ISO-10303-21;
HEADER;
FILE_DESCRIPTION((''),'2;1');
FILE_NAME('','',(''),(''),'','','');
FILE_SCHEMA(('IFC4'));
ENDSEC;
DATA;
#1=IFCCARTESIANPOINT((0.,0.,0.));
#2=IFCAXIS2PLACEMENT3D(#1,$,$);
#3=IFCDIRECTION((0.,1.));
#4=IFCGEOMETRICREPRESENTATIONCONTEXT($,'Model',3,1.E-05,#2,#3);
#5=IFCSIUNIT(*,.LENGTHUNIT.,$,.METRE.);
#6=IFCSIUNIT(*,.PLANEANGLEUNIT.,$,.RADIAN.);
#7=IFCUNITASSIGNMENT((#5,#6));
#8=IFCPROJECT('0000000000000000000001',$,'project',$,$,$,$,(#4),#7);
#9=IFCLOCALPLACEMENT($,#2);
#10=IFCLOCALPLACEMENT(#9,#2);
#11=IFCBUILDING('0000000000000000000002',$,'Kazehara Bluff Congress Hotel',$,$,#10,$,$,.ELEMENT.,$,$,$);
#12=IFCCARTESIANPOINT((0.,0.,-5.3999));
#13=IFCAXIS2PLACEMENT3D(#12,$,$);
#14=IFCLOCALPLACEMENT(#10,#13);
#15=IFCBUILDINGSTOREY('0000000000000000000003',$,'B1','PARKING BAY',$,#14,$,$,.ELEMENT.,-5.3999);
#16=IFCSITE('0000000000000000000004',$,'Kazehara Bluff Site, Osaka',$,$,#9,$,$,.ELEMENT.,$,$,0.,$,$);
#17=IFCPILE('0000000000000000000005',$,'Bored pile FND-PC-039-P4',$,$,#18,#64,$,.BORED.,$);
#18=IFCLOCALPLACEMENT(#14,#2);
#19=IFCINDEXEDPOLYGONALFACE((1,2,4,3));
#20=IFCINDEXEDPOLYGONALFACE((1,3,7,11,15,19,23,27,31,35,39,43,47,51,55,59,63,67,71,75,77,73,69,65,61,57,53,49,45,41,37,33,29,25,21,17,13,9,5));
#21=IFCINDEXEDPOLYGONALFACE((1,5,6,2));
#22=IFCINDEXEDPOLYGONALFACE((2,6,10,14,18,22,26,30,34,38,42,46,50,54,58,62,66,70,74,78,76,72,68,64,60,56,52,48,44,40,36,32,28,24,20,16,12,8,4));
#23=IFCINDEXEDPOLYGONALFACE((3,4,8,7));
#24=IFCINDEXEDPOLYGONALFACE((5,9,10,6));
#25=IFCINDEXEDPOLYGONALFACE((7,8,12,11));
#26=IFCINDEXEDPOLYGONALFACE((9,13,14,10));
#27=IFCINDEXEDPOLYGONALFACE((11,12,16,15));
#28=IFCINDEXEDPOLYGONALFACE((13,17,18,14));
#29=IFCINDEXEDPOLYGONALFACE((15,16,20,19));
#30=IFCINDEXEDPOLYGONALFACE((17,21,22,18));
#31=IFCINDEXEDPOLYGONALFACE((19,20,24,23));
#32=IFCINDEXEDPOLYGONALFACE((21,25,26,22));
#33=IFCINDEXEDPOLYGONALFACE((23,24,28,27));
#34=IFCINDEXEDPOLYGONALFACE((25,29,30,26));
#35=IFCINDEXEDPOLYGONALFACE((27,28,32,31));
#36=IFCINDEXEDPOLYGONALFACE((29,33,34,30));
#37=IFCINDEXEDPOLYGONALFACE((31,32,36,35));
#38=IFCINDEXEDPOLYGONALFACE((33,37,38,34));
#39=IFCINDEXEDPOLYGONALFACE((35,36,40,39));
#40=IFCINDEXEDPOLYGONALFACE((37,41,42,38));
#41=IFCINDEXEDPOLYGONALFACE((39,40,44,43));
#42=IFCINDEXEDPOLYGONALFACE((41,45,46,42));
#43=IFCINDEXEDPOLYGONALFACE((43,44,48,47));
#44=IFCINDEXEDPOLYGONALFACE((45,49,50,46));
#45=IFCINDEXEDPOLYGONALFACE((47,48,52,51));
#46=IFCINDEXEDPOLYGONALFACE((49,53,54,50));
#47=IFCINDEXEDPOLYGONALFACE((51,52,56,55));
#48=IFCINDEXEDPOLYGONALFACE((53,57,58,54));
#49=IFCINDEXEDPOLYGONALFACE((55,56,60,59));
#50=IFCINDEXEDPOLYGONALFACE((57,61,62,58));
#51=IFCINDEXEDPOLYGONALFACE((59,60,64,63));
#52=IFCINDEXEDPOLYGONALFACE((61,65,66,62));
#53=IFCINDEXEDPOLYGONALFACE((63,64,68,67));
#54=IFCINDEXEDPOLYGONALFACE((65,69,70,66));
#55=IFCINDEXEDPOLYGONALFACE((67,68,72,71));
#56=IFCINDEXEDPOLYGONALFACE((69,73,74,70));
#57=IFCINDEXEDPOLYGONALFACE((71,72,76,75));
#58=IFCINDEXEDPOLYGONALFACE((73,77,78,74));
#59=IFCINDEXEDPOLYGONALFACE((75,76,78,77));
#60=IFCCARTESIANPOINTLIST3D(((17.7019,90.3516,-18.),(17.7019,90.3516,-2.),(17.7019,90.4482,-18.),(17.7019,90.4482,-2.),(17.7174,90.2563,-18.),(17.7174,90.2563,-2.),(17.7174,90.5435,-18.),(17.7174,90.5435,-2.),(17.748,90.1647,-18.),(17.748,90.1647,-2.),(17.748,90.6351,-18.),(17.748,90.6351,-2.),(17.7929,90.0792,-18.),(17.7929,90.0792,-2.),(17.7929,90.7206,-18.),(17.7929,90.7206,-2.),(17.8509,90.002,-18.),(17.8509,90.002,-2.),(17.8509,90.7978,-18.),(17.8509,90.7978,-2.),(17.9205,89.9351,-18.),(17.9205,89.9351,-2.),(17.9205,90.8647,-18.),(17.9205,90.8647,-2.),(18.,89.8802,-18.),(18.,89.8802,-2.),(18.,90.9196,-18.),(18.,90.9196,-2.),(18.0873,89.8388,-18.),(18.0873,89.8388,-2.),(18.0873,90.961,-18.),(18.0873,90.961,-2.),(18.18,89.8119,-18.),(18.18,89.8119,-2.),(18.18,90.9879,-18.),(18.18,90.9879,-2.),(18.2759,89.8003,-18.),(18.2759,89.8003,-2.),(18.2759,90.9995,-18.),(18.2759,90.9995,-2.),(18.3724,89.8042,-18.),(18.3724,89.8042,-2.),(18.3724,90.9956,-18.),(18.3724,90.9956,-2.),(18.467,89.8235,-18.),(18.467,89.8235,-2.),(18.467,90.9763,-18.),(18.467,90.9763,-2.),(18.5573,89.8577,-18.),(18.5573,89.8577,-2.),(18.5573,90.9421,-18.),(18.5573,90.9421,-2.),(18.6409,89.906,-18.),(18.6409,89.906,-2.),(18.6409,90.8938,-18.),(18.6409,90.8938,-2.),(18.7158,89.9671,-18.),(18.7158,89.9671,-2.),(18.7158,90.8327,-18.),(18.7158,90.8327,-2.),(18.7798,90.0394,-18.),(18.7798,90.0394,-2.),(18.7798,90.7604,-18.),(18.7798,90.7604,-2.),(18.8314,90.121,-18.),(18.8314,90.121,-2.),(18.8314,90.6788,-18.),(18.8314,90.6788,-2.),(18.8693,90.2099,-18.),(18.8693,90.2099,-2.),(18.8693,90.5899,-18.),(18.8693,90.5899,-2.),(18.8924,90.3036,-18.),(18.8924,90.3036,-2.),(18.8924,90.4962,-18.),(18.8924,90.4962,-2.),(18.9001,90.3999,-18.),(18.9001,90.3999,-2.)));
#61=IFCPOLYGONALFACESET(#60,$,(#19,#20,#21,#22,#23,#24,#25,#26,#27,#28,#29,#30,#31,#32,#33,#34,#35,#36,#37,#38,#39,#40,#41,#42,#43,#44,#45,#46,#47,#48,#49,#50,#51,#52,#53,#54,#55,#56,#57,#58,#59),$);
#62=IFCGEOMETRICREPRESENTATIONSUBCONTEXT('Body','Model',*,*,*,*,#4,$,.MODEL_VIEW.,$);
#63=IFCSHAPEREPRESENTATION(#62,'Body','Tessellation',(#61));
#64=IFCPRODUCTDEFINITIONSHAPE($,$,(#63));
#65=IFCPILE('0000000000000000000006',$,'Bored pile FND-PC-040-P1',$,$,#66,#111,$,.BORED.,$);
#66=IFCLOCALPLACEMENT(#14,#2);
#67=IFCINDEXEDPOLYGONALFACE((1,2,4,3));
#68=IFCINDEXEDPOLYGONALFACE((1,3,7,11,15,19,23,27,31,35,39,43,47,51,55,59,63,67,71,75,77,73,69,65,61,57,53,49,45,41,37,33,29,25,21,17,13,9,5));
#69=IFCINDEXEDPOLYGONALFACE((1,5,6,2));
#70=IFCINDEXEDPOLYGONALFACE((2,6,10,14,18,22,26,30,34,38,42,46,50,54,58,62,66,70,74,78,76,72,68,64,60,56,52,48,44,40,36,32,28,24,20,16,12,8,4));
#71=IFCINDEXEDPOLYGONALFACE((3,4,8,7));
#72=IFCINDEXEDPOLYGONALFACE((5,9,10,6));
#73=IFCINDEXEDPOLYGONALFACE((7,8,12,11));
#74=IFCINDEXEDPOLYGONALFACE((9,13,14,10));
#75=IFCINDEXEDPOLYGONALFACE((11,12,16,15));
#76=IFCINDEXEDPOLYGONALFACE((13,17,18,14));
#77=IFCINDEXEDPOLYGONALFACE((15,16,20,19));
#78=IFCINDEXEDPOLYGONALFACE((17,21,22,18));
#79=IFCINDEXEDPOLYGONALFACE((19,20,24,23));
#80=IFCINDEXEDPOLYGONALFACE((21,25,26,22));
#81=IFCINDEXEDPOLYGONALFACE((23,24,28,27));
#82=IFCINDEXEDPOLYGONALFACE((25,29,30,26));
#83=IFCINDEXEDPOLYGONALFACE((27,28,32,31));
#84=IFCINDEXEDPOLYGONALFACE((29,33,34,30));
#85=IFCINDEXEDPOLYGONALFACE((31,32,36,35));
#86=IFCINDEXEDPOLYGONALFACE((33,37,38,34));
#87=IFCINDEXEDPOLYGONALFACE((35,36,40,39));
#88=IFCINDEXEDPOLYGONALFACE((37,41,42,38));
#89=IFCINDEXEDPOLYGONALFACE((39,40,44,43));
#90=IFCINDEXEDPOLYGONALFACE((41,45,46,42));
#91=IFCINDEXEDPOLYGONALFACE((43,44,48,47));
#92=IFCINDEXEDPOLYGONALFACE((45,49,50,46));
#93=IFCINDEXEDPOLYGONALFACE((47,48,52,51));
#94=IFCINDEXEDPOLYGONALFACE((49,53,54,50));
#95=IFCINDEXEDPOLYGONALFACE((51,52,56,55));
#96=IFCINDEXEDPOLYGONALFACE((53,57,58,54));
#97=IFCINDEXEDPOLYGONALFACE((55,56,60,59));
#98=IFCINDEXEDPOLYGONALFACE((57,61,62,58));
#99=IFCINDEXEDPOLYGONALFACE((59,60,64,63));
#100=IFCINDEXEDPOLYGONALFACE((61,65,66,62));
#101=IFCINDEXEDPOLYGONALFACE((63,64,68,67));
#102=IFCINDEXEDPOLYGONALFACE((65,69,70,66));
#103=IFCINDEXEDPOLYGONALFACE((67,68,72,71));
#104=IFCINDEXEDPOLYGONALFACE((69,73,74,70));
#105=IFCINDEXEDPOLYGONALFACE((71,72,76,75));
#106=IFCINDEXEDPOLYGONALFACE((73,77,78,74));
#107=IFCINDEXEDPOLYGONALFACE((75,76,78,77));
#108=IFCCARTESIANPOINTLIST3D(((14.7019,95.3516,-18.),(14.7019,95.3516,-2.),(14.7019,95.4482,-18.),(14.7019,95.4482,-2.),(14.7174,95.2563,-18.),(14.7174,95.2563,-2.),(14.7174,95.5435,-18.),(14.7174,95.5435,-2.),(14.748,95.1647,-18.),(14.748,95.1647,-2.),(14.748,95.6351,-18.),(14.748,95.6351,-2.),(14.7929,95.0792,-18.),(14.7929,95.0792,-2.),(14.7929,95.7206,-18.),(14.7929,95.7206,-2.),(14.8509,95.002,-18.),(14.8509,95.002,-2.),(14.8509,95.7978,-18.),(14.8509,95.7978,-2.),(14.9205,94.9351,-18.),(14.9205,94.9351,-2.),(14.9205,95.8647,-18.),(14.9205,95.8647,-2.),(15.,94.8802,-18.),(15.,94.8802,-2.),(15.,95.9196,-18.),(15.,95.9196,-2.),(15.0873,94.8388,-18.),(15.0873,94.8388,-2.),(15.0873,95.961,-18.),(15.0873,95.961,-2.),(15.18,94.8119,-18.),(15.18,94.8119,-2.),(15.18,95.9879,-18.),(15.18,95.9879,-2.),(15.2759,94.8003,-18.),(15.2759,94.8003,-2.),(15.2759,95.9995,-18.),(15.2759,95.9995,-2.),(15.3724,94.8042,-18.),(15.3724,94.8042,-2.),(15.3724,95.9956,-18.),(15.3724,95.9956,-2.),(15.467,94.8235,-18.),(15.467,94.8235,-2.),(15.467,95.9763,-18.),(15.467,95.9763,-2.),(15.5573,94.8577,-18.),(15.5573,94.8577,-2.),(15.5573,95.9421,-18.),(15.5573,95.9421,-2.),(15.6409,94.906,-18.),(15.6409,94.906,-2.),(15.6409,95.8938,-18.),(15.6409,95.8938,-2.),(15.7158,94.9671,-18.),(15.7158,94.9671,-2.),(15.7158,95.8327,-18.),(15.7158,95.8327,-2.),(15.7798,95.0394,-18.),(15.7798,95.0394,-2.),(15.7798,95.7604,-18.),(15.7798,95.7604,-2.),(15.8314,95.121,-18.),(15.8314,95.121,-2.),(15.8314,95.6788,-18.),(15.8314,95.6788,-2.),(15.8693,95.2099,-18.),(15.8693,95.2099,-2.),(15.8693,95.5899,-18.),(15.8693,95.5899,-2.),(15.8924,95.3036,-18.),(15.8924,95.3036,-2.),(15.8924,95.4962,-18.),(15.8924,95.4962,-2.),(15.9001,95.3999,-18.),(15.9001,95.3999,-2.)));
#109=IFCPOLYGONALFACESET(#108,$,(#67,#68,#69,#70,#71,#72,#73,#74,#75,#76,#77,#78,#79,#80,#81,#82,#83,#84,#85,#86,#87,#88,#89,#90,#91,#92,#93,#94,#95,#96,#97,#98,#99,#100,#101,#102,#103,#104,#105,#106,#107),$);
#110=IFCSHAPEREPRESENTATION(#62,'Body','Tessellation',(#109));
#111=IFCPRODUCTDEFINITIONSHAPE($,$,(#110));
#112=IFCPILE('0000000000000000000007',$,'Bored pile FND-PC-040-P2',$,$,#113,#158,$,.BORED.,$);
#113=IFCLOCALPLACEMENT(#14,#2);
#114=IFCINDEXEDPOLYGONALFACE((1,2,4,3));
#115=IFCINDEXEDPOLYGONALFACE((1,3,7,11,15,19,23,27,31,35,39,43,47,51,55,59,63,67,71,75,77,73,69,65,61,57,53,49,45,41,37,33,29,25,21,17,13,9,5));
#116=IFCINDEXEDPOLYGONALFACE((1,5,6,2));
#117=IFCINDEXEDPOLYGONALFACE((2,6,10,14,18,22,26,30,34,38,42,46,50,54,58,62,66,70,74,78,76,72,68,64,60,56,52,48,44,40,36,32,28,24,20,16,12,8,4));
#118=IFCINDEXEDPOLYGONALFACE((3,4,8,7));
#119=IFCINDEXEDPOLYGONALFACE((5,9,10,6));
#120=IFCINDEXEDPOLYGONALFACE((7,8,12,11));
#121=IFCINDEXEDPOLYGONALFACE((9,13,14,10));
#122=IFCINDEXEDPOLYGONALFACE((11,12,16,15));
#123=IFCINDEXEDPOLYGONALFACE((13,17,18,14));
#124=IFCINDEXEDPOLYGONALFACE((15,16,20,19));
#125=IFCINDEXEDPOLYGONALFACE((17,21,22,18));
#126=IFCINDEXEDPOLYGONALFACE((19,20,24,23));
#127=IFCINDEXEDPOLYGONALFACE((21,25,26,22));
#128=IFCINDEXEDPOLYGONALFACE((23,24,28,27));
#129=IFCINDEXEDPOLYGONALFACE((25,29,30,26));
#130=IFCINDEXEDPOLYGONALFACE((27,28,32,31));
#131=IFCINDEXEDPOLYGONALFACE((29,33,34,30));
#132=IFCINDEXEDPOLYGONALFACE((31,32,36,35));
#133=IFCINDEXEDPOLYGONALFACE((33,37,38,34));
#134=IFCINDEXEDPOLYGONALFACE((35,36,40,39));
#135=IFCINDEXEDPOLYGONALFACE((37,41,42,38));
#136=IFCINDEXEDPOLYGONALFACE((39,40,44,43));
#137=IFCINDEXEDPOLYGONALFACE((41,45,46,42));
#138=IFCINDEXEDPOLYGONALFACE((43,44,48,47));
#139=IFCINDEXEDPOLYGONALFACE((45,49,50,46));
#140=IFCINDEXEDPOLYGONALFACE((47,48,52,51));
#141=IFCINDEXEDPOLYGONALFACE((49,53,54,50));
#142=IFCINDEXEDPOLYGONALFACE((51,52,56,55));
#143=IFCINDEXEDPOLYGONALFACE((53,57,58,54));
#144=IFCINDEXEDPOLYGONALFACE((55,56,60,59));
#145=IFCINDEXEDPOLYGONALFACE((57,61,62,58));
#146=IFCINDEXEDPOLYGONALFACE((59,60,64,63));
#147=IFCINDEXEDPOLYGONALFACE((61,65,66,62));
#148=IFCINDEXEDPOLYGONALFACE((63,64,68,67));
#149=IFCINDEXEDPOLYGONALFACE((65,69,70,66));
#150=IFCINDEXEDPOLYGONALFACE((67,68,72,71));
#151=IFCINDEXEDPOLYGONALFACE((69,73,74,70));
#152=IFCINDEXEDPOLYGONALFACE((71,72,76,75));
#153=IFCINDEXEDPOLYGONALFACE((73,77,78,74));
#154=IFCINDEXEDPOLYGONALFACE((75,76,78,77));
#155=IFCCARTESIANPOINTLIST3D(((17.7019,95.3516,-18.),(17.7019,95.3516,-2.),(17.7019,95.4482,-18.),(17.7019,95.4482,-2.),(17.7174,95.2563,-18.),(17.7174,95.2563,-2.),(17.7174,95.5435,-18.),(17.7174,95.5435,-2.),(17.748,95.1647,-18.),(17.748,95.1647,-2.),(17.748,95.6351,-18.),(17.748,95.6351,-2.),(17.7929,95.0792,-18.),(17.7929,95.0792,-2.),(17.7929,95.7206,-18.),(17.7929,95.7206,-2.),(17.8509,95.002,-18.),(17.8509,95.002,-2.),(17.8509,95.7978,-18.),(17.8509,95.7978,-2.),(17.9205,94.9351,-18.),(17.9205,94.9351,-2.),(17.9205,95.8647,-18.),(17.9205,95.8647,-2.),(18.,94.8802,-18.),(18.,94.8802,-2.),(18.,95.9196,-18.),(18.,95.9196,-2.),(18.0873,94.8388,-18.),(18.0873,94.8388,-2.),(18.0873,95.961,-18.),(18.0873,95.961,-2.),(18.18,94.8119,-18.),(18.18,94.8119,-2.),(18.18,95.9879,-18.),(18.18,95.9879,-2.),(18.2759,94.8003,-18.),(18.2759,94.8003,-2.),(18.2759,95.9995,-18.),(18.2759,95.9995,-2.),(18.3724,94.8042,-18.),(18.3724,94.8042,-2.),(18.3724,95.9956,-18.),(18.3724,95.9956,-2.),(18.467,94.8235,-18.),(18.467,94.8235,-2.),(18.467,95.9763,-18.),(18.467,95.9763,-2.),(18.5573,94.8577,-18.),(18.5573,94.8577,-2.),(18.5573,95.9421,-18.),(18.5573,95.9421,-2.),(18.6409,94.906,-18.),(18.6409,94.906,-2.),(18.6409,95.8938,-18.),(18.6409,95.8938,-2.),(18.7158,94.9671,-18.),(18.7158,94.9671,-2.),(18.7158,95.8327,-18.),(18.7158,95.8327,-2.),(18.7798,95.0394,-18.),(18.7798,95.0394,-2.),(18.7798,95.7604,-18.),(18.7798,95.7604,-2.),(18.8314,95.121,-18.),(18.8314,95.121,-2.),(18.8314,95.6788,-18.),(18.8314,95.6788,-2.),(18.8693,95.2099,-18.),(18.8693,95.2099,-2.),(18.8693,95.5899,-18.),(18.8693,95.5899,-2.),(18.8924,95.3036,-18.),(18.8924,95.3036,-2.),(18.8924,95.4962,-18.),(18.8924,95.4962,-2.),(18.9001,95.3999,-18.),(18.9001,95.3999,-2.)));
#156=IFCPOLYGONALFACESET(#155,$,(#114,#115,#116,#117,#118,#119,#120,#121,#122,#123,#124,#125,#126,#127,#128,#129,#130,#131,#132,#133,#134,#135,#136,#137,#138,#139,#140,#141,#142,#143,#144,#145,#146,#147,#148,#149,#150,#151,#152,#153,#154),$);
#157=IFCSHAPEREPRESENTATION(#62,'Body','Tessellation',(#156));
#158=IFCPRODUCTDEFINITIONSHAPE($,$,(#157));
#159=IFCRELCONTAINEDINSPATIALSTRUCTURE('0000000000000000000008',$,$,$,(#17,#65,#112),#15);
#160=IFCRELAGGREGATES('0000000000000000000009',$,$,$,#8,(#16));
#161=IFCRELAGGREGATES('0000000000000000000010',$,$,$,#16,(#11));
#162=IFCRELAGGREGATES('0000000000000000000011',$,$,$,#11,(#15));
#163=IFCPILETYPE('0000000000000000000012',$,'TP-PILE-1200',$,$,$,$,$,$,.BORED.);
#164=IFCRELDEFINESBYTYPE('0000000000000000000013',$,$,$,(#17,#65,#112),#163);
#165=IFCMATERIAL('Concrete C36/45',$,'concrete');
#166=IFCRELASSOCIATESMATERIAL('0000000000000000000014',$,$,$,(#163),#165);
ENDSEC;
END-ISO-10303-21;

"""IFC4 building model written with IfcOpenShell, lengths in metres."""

from ifc_helpers import new_model, si_unit, direction, frame, origin, origin_2d, place, context, subcontext, project, spatial, circle, extrude, material, material_profile, profile_set, type_object, element, save


model = new_model("IFC4")

# Units and contexts
model_context = context("Model", 3, precision=1e-05, world=origin(), true_north=direction((0.0, 1.0)))
body_context = subcontext(model_context, "Body", "Model", "MODEL_VIEW")
ifc_project = project(units=[si_unit("LENGTHUNIT", "METRE"), si_unit("PLANEANGLEUNIT", "RADIAN")], contexts=[model_context])

# Site, building, storey
site_placement = place(None, origin())
site = spatial("IfcSite", under=ifc_project, at=site_placement, Name="Kazehara Bluff Site, Osaka", CompositionType="ELEMENT", RefElevation=0.0)
building_placement = place(site_placement, origin())
building = spatial("IfcBuilding", under=site, at=building_placement, Name="Kazehara Bluff Congress Hotel", CompositionType="ELEMENT")
storey_placement = place(building_placement, frame((0.0, 0.0, -5.3999)))
storey = spatial("IfcBuildingStorey", under=building, at=storey_placement, Name="B1", Description="PARKING BAY", CompositionType="ELEMENT", Elevation=-5.3999)

# Piles
ifc_material_1 = material(Name="Concrete C36/45", Category="concrete")
ifc_material_profile_1 = material_profile(ifc_material_1, circle(Radius=0.6001, at=origin_2d()))
ifc_profile_set_1 = profile_set([ifc_material_profile_1], Name="Concrete C36/45")
pile_type = type_object("IfcPileType", Name="TP-PILE-1200", PredefinedType="BORED", material=ifc_profile_set_1)
for number, where, z_axis, x_axis, name in (
    (1, (18.3, 90.3999, -2.0), (0.0, 0.0, -1.0), (1.0, 0.0, 0.0), "Bored pile FND-PC-039-P4"),
    (2, (15.3, 95.3999, -2.0), (0.0, 0.0, -1.0), (1.0, 0.0, 0.0), "Bored pile FND-PC-040-P1"),
    (3, (18.3, 95.3999, -2.0), (0.0, 0.0, -1.0), (1.0, 0.0, 0.0), "Bored pile FND-PC-040-P2"),
):
    element("IfcPile", number, at=place(storey_placement, frame(where, z_axis=z_axis, x_axis=x_axis)), inside=storey, type_object=pile_type, Name=name, PredefinedType="BORED", context=body_context, shape_type="SweptSolid", body=[
        extrude(circle(Radius=0.6001, at=origin_2d()), origin(), (0.0, 0.0, 1.0), 16.0),
    ])

save(model, "model.ifc")
